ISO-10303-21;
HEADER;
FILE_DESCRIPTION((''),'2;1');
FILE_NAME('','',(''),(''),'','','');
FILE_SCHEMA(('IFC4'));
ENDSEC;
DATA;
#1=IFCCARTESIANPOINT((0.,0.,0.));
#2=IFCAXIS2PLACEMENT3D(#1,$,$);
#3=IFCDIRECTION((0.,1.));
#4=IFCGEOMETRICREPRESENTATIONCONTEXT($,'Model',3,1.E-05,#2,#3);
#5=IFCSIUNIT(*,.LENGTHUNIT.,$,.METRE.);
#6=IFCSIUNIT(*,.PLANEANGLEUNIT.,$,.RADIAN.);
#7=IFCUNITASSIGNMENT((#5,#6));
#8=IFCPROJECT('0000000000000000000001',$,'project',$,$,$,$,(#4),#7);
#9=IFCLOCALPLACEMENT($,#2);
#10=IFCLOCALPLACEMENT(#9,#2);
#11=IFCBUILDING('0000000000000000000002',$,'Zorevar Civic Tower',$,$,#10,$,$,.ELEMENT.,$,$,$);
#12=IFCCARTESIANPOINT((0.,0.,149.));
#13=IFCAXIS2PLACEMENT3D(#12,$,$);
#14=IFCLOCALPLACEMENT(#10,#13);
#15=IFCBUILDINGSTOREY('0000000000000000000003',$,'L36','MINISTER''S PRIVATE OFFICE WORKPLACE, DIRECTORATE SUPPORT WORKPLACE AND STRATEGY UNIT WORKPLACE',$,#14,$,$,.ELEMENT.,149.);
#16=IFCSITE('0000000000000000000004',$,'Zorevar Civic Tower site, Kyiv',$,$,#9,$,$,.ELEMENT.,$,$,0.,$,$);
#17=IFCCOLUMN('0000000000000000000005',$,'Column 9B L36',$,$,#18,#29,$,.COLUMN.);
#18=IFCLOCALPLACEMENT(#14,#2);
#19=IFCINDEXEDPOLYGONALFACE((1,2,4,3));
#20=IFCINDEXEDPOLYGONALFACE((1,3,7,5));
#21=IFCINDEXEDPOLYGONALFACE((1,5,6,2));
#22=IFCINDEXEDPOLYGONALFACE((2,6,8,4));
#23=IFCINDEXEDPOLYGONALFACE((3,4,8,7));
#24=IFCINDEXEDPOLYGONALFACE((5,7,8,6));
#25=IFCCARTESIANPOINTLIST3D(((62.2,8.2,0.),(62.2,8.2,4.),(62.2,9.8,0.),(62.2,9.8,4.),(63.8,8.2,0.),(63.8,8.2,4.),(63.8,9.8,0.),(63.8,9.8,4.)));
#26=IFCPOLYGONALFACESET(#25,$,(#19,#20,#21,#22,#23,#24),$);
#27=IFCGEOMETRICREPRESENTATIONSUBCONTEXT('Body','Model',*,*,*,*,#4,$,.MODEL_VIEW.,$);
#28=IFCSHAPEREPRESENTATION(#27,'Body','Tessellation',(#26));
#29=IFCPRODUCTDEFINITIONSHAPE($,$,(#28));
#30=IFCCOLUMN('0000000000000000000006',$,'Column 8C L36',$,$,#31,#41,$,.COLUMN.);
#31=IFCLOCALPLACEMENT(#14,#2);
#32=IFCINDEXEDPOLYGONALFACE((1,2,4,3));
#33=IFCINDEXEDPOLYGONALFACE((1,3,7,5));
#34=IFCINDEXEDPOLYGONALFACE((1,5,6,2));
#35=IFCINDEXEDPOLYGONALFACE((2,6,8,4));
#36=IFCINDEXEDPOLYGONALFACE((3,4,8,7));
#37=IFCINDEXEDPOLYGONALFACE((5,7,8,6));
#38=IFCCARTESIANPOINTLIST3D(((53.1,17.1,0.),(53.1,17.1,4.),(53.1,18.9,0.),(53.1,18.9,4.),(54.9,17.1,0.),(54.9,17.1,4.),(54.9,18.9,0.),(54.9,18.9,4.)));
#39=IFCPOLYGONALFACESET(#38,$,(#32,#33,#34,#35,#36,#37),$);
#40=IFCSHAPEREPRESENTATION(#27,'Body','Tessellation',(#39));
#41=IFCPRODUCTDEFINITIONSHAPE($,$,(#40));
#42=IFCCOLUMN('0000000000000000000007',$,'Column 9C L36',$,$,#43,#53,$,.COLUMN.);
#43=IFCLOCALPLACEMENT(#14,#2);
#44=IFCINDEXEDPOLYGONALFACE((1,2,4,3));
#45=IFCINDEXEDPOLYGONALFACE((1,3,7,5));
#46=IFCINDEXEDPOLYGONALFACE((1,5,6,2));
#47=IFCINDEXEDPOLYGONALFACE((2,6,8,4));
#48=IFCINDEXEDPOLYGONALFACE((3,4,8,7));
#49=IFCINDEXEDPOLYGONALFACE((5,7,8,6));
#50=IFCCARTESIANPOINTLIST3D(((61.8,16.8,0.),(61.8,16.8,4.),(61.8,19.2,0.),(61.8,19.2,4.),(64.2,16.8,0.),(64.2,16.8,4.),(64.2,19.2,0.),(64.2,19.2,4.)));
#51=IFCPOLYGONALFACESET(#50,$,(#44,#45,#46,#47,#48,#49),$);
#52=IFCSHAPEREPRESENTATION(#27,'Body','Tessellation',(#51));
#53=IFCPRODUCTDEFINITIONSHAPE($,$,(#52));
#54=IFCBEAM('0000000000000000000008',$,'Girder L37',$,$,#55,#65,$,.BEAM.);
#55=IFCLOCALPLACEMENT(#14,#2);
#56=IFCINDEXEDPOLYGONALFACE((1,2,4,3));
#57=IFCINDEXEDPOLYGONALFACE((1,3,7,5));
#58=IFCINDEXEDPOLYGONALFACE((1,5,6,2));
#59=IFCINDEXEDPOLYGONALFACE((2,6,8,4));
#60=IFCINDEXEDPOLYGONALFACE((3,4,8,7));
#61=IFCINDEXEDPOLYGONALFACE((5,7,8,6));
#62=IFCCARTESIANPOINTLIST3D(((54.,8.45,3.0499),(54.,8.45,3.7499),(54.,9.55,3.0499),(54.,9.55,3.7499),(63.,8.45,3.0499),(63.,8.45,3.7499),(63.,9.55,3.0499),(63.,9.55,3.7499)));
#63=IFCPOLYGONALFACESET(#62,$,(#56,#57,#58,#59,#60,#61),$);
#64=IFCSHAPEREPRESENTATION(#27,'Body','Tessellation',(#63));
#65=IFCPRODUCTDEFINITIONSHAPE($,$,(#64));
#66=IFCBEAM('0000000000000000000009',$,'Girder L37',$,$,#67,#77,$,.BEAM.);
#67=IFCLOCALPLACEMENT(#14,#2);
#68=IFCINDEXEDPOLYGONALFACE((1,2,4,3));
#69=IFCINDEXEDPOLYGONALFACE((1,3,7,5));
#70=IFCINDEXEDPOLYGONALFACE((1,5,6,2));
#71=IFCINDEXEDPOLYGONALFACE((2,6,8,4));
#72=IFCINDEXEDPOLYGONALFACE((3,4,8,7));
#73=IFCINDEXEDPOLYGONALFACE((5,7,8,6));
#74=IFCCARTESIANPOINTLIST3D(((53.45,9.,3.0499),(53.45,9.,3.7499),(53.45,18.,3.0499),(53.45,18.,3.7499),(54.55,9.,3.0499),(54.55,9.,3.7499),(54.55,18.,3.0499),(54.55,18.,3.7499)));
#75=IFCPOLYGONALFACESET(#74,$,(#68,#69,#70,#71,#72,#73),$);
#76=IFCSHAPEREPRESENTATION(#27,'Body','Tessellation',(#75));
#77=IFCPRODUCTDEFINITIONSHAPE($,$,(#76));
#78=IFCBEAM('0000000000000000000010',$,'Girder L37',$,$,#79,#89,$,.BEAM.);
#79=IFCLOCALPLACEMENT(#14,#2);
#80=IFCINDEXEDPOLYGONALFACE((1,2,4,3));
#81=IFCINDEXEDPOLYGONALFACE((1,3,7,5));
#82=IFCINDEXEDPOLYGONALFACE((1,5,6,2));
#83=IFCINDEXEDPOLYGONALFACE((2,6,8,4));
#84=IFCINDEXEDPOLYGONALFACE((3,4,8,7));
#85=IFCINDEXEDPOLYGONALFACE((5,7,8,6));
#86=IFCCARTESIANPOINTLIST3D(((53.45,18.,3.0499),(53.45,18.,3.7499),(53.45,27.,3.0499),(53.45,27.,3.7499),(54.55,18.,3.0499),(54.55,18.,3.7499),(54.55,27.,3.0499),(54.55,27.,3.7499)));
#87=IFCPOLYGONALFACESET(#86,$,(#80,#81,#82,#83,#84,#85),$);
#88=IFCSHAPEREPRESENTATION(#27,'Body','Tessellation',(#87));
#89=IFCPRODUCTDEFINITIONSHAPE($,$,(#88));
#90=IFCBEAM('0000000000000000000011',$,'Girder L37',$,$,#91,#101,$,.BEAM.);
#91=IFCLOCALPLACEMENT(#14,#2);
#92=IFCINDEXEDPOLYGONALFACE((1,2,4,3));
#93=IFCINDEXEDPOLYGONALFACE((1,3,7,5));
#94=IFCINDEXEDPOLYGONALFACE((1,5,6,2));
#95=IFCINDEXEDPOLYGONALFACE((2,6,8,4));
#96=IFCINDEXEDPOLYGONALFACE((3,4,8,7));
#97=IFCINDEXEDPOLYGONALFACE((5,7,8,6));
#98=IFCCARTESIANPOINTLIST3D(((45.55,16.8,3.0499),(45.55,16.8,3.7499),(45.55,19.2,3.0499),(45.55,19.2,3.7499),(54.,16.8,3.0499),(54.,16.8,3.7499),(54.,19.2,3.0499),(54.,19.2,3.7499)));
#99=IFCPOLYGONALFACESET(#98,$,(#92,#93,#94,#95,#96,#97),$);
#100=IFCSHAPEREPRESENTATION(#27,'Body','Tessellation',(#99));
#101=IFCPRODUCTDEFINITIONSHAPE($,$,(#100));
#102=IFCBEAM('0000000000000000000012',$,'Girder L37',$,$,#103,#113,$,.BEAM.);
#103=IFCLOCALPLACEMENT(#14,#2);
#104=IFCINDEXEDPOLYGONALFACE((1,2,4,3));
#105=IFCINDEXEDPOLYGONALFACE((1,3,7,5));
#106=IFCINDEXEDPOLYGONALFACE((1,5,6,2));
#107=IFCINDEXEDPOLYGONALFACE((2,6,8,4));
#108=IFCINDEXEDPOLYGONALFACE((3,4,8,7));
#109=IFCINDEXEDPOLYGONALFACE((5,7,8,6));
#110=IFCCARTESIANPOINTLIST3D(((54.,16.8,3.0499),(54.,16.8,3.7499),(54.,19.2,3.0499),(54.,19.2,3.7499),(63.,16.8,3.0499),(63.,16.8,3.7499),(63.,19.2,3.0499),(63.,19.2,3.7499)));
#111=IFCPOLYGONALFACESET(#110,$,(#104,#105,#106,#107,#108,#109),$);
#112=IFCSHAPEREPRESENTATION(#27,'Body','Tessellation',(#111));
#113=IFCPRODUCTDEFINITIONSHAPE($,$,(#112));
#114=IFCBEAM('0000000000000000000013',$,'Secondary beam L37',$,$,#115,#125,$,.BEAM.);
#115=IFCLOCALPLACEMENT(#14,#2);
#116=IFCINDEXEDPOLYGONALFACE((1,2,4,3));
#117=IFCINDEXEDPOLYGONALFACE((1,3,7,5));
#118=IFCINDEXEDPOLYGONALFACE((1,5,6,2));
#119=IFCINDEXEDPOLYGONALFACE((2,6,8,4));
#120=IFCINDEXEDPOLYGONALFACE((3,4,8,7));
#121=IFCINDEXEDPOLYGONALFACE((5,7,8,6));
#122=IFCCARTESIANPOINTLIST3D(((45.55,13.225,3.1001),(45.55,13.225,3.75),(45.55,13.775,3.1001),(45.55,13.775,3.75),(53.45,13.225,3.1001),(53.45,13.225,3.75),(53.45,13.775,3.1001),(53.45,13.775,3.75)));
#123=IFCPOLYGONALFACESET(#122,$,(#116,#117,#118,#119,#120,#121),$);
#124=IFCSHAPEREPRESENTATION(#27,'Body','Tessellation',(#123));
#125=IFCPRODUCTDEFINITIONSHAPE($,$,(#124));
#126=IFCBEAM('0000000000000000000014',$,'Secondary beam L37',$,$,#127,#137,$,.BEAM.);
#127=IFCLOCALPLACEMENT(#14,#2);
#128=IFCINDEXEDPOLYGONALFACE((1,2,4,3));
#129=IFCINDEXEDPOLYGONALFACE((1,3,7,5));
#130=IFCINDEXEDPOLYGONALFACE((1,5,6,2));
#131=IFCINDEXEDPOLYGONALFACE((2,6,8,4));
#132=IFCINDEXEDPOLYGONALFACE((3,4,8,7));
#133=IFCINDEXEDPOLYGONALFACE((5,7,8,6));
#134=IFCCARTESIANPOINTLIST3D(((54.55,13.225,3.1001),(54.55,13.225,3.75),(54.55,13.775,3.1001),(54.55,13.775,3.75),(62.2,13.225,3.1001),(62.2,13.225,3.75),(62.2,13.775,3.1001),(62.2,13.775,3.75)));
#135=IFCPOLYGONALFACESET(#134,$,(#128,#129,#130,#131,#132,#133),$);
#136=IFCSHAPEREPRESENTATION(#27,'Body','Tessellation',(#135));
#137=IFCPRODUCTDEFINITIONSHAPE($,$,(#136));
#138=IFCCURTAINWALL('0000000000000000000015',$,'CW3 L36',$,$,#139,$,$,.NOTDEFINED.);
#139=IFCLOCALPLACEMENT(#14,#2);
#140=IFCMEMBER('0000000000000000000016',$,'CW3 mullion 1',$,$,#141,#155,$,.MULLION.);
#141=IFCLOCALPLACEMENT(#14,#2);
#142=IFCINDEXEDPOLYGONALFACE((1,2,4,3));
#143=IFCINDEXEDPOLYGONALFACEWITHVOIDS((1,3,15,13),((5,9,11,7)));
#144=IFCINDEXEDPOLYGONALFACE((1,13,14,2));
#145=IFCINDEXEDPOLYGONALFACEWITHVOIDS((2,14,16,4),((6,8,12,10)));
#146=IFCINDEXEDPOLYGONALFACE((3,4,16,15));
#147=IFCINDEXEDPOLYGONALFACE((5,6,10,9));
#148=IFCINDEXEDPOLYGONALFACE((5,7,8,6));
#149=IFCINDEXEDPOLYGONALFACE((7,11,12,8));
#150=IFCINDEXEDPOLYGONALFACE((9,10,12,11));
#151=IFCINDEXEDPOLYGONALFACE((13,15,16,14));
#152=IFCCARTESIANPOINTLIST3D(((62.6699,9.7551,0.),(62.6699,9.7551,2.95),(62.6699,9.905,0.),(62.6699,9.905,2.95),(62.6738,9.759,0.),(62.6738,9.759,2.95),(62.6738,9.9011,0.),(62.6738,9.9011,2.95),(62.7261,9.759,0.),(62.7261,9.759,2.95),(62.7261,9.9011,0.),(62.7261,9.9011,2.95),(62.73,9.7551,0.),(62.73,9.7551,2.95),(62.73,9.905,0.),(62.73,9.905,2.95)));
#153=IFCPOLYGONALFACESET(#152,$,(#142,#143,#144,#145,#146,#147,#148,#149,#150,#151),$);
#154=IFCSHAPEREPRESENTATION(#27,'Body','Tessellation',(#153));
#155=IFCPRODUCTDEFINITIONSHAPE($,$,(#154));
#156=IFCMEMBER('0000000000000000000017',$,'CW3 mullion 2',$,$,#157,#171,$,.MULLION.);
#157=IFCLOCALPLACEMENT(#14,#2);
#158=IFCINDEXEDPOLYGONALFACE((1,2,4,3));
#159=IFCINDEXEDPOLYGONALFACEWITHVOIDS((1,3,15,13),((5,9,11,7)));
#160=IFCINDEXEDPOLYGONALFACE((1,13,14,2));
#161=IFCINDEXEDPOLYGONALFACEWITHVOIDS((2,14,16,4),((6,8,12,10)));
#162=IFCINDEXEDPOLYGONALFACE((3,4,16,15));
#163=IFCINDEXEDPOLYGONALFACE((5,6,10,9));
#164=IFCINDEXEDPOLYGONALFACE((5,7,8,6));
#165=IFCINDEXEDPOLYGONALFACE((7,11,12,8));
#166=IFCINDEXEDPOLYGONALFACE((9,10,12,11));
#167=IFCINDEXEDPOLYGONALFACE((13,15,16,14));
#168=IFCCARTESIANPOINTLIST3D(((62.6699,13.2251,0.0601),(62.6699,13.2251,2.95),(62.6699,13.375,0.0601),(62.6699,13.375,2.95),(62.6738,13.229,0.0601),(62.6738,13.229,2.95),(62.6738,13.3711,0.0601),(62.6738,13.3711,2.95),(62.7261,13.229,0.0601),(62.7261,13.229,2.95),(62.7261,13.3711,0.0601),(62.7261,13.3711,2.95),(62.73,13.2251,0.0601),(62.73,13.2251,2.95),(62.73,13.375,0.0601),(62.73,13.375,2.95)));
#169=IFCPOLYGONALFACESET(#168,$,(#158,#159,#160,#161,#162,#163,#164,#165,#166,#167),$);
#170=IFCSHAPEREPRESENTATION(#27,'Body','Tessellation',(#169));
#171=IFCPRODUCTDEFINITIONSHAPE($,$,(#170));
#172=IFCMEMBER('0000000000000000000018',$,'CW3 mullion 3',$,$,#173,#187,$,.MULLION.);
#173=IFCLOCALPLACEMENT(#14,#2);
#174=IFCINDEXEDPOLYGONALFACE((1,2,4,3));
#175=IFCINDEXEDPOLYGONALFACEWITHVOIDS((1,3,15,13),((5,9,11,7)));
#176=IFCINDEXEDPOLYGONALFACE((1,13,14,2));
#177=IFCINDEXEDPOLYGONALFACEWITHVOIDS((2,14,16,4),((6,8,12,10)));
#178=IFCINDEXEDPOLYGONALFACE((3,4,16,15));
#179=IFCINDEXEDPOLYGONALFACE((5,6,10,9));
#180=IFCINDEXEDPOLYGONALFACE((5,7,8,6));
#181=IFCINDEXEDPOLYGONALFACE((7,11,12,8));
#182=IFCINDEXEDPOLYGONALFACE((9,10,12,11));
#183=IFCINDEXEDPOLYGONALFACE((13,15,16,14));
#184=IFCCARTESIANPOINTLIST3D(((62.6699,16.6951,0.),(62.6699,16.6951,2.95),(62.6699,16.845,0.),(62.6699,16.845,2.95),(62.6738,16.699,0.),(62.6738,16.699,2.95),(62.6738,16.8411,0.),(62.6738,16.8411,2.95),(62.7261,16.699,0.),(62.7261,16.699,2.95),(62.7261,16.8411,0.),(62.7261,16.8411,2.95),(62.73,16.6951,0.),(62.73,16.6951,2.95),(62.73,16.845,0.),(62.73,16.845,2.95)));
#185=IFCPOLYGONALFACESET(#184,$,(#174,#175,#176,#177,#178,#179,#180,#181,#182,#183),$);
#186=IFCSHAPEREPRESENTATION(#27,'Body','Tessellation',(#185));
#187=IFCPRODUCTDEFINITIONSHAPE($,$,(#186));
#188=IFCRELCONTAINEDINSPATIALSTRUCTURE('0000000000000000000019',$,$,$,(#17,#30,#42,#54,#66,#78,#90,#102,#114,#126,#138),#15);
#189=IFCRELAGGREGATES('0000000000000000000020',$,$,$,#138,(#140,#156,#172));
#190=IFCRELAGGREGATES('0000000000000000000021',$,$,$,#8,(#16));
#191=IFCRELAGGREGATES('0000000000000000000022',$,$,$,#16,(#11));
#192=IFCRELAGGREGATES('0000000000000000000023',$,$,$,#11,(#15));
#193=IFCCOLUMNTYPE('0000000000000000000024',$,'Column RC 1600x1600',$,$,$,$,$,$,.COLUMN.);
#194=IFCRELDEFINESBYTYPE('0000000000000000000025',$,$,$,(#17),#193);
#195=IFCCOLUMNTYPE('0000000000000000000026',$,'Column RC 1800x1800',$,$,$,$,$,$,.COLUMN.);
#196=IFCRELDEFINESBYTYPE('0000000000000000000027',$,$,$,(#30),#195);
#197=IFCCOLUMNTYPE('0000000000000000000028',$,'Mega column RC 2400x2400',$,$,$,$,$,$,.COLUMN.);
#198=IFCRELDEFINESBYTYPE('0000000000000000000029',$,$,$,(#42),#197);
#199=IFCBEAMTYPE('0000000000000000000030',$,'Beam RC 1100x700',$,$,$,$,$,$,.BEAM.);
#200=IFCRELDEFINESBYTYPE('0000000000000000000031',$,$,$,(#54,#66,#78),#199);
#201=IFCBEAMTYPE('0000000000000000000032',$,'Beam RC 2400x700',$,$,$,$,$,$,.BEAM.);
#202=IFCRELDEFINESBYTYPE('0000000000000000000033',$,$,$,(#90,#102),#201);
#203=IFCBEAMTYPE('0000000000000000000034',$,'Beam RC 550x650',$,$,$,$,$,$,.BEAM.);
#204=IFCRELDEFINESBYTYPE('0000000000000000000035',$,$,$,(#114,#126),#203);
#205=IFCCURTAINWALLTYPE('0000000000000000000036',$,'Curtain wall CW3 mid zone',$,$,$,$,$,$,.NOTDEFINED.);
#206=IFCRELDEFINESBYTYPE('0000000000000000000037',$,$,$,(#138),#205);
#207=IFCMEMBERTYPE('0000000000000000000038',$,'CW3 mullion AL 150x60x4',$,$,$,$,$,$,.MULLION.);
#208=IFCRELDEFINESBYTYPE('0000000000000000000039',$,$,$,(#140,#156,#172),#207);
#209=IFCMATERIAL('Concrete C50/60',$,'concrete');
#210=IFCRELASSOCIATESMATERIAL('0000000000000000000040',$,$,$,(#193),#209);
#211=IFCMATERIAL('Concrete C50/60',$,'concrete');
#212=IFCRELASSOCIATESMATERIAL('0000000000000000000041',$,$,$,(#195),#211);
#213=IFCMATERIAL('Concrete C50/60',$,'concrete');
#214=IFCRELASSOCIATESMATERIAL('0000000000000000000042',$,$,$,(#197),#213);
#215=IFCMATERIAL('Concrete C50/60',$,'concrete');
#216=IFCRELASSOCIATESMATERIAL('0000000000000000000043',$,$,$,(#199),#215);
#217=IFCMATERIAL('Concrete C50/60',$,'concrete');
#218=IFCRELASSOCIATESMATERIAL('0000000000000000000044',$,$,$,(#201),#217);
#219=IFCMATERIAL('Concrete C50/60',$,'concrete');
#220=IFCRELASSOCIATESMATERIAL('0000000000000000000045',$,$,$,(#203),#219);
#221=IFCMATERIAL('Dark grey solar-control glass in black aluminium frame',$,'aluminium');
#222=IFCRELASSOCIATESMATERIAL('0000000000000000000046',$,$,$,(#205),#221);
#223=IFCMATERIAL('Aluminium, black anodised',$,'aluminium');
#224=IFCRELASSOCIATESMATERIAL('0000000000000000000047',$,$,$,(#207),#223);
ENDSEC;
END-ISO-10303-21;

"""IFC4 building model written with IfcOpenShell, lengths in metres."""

from ifc_helpers import new_model, si_unit, direction, frame, origin, origin_2d, place, context, subcontext, project, spatial, rectangle, hollow_rectangle, extrude, material, material_profile, profile_set, type_object, element, aggregate, save


model = new_model("IFC4")

# Units and contexts
model_context = context("Model", 3, precision=1e-05, world=origin(), true_north=direction((0.0, 1.0)))
body_context = subcontext(model_context, "Body", "Model", "MODEL_VIEW")
ifc_project = project(units=[si_unit("LENGTHUNIT", "METRE"), si_unit("PLANEANGLEUNIT", "RADIAN")], contexts=[model_context])

# Site, building, storey
site_placement = place(None, origin())
site = spatial("IfcSite", under=ifc_project, at=site_placement, Name="Zorevar Civic Tower site, Kyiv", CompositionType="ELEMENT", RefElevation=0.0)
building_placement = place(site_placement, origin())
building = spatial("IfcBuilding", under=site, at=building_placement, Name="Zorevar Civic Tower", CompositionType="ELEMENT")
storey_placement = place(building_placement, frame((0.0, 0.0, 149.0)))
storey = spatial("IfcBuildingStorey", under=building, at=storey_placement, Name="L36", Description="MINISTER'S PRIVATE OFFICE WORKPLACE, DIRECTORATE SUPPORT WORKPLACE AND STRATEGY UNIT WORKPLACE", CompositionType="ELEMENT", Elevation=149.0)

# Columns
ifc_material_1 = material(Name="Concrete C50/60", Category="concrete")
ifc_material_profile_1 = material_profile(ifc_material_1, rectangle(XDim=1.6001, YDim=1.6001, at=origin_2d()), Name="RC 1600x1600")
ifc_profile_set_1 = profile_set([ifc_material_profile_1], Name="Concrete C50/60")
column_type_1 = type_object("IfcColumnType", Name="Column RC 1600x1600", PredefinedType="COLUMN", material=ifc_profile_set_1)
column_1_placement = place(storey_placement, frame((63.0, 9.0, 0.0), z_axis=(0.0, 0.0, 1.0), x_axis=(1.0, 0.0, 0.0)))
element("IfcColumn", 1, at=column_1_placement, inside=storey, type_object=column_type_1, Name="Column 9B L36", PredefinedType="COLUMN", context=body_context, shape_type="SweptSolid", body=[
    extrude(rectangle(XDim=1.6001, YDim=1.6001, at=origin_2d()), origin(), (0.0, 0.0, 1.0), 4.0),
])
ifc_material_2 = material(Name="Concrete C50/60", Category="concrete")
ifc_material_profile_2 = material_profile(ifc_material_2, rectangle(XDim=1.8, YDim=1.8, at=origin_2d()), Name="RC 1800x1800")
ifc_profile_set_2 = profile_set([ifc_material_profile_2], Name="Concrete C50/60")
column_type_2 = type_object("IfcColumnType", Name="Column RC 1800x1800", PredefinedType="COLUMN", material=ifc_profile_set_2)
column_2_placement = place(storey_placement, frame((54.0, 18.0, 0.0), z_axis=(0.0, 0.0, 1.0), x_axis=(1.0, 0.0, 0.0)))
element("IfcColumn", 2, at=column_2_placement, inside=storey, type_object=column_type_2, Name="Column 8C L36", PredefinedType="COLUMN", context=body_context, shape_type="SweptSolid", body=[
    extrude(rectangle(XDim=1.8, YDim=1.8, at=origin_2d()), origin(), (0.0, 0.0, 1.0), 4.0),
])
ifc_material_3 = material(Name="Concrete C50/60", Category="concrete")
ifc_material_profile_3 = material_profile(ifc_material_3, rectangle(XDim=2.3999, YDim=2.3999, at=origin_2d()), Name="RC 2400x2400")
ifc_profile_set_3 = profile_set([ifc_material_profile_3], Name="Concrete C50/60")
column_type_3 = type_object("IfcColumnType", Name="Mega column RC 2400x2400", PredefinedType="COLUMN", material=ifc_profile_set_3)
column_3_placement = place(storey_placement, frame((63.0, 18.0, 0.0), z_axis=(0.0, 0.0, 1.0), x_axis=(1.0, 0.0, 0.0)))
element("IfcColumn", 3, at=column_3_placement, inside=storey, type_object=column_type_3, Name="Column 9C L36", PredefinedType="COLUMN", context=body_context, shape_type="SweptSolid", body=[
    extrude(rectangle(XDim=2.3999, YDim=2.3999, at=origin_2d()), origin(), (0.0, 0.0, 1.0), 4.0),
])

# Beams
ifc_material_4 = material(Name="Concrete C50/60", Category="concrete")
ifc_material_profile_4 = material_profile(ifc_material_4, rectangle(XDim=1.1001, YDim=0.7, at=origin_2d()), Name="RC 1100x700")
ifc_profile_set_4 = profile_set([ifc_material_profile_4], Name="Concrete C50/60")
beam_type_1 = type_object("IfcBeamType", Name="Beam RC 1100x700", PredefinedType="BEAM", material=ifc_profile_set_4)
for number, where, z_axis, x_axis, name in (
    (4, (54.0, 9.0, 3.3999), (1.0, 0.0, 0.0), (0.0, 1.0, 0.0), "Girder L37"),
    (5, (54.0, 9.0, 3.3999), (0.0, 1.0, 0.0), (-1.0, 0.0, 0.0), "Girder L37"),
    (6, (54.0, 18.0, 3.3999), (0.0, 1.0, 0.0), (-1.0, 0.0, 0.0), "Girder L37"),
):
    element("IfcBeam", number, at=place(storey_placement, frame(where, z_axis=z_axis, x_axis=x_axis)), inside=storey, type_object=beam_type_1, Name=name, PredefinedType="BEAM", context=body_context, shape_type="SweptSolid", body=[
        extrude(rectangle(XDim=1.1001, YDim=0.7, at=origin_2d()), origin(), (0.0, 0.0, 1.0), 9.0),
    ])
ifc_material_5 = material(Name="Concrete C50/60", Category="concrete")
ifc_material_profile_5 = material_profile(ifc_material_5, rectangle(XDim=2.3999, YDim=0.7, at=origin_2d()), Name="RC 2400x700")
ifc_profile_set_5 = profile_set([ifc_material_profile_5], Name="Concrete C50/60")
beam_type_2 = type_object("IfcBeamType", Name="Beam RC 2400x700", PredefinedType="BEAM", material=ifc_profile_set_5)
beam_1_placement = place(storey_placement, frame((45.55, 18.0, 3.3999), z_axis=(1.0, 0.0, 0.0), x_axis=(0.0, 1.0, 0.0)))
element("IfcBeam", 7, at=beam_1_placement, inside=storey, type_object=beam_type_2, Name="Girder L37", PredefinedType="BEAM", context=body_context, shape_type="SweptSolid", body=[
    extrude(rectangle(XDim=2.3999, YDim=0.7, at=origin_2d()), origin(), (0.0, 0.0, 1.0), 8.45),
])
beam_2_placement = place(storey_placement, frame((54.0, 18.0, 3.3999), z_axis=(1.0, 0.0, 0.0), x_axis=(0.0, 1.0, 0.0)))
element("IfcBeam", 8, at=beam_2_placement, inside=storey, type_object=beam_type_2, Name="Girder L37", PredefinedType="BEAM", context=body_context, shape_type="SweptSolid", body=[
    extrude(rectangle(XDim=2.3999, YDim=0.7, at=origin_2d()), origin(), (0.0, 0.0, 1.0), 9.0),
])
ifc_material_6 = material(Name="Concrete C50/60", Category="concrete")
ifc_material_profile_6 = material_profile(ifc_material_6, rectangle(XDim=0.55, YDim=0.6499, at=origin_2d()), Name="RC 550x650")
ifc_profile_set_6 = profile_set([ifc_material_profile_6], Name="Concrete C50/60")
beam_type_3 = type_object("IfcBeamType", Name="Beam RC 550x650", PredefinedType="BEAM", material=ifc_profile_set_6)
beam_3_placement = place(storey_placement, frame((45.55, 13.5, 3.425), z_axis=(1.0, 0.0, 0.0), x_axis=(0.0, 1.0, 0.0)))
element("IfcBeam", 9, at=beam_3_placement, inside=storey, type_object=beam_type_3, Name="Secondary beam L37", PredefinedType="BEAM", context=body_context, shape_type="SweptSolid", body=[
    extrude(rectangle(XDim=0.55, YDim=0.6499, at=origin_2d()), origin(), (0.0, 0.0, 1.0), 7.8999),
])
beam_4_placement = place(storey_placement, frame((54.55, 13.5, 3.425), z_axis=(1.0, 0.0, 0.0), x_axis=(0.0, 1.0, 0.0)))
element("IfcBeam", 10, at=beam_4_placement, inside=storey, type_object=beam_type_3, Name="Secondary beam L37", PredefinedType="BEAM", context=body_context, shape_type="SweptSolid", body=[
    extrude(rectangle(XDim=0.55, YDim=0.6499, at=origin_2d()), origin(), (0.0, 0.0, 1.0), 7.6499),
])

# Curtain wall, members
ifc_material_7 = material(Name="Dark grey solar-control glass in black aluminium frame", Category="aluminium")
curtain_wall_type = type_object("IfcCurtainWallType", Name="Curtain wall CW3 mid zone", PredefinedType="NOTDEFINED", material=ifc_material_7)
curtain_wall_1_placement = place(storey_placement, origin())
curtain_wall_1 = element("IfcCurtainWall", 11, at=curtain_wall_1_placement, inside=storey, type_object=curtain_wall_type, Name="CW3 L36", PredefinedType="NOTDEFINED")
ifc_material_8 = material(Name="Aluminium, black anodised", Category="aluminium")
ifc_material_profile_7 = material_profile(ifc_material_8, hollow_rectangle(XDim=0.0601, YDim=0.1499, WallThickness=0.0039, at=origin_2d()), Name="AL 150x60x4")
ifc_profile_set_7 = profile_set([ifc_material_profile_7], Name="Aluminium, black anodised")
member_type_1 = type_object("IfcMemberType", Name="CW3 mullion AL 150x60x4", PredefinedType="MULLION", material=ifc_profile_set_7)
member_1_placement = place(storey_placement, frame((62.7, 9.8301, 0.0), z_axis=(0.0, 0.0, 1.0), x_axis=(-1.0, 0.0, 0.0)))
member_1 = element("IfcMember", 12, at=member_1_placement, type_object=member_type_1, Name="CW3 mullion 1", PredefinedType="MULLION", context=body_context, shape_type="SweptSolid", body=[
    extrude(hollow_rectangle(XDim=0.0601, YDim=0.1499, WallThickness=0.0039, at=origin_2d()), origin(), (0.0, 0.0, 1.0), 2.95),
])
member_2_placement = place(storey_placement, frame((62.7, 13.3, 0.0601), z_axis=(0.0, 0.0, 1.0), x_axis=(-1.0, 0.0, 0.0)))
member_2 = element("IfcMember", 13, at=member_2_placement, type_object=member_type_1, Name="CW3 mullion 2", PredefinedType="MULLION", context=body_context, shape_type="SweptSolid", body=[
    extrude(hollow_rectangle(XDim=0.0601, YDim=0.1499, WallThickness=0.0039, at=origin_2d()), origin(), (0.0, 0.0, 1.0), 2.8899),
])
member_3_placement = place(storey_placement, frame((62.7, 16.77, 0.0), z_axis=(0.0, 0.0, 1.0), x_axis=(-1.0, 0.0, 0.0)))
member_3 = element("IfcMember", 14, at=member_3_placement, type_object=member_type_1, Name="CW3 mullion 3", PredefinedType="MULLION", context=body_context, shape_type="SweptSolid", body=[
    extrude(hollow_rectangle(XDim=0.0601, YDim=0.1499, WallThickness=0.0039, at=origin_2d()), origin(), (0.0, 0.0, 1.0), 2.95),
])

aggregate(curtain_wall_1, [member_1, member_2, member_3])

save(model, "model.ifc")
